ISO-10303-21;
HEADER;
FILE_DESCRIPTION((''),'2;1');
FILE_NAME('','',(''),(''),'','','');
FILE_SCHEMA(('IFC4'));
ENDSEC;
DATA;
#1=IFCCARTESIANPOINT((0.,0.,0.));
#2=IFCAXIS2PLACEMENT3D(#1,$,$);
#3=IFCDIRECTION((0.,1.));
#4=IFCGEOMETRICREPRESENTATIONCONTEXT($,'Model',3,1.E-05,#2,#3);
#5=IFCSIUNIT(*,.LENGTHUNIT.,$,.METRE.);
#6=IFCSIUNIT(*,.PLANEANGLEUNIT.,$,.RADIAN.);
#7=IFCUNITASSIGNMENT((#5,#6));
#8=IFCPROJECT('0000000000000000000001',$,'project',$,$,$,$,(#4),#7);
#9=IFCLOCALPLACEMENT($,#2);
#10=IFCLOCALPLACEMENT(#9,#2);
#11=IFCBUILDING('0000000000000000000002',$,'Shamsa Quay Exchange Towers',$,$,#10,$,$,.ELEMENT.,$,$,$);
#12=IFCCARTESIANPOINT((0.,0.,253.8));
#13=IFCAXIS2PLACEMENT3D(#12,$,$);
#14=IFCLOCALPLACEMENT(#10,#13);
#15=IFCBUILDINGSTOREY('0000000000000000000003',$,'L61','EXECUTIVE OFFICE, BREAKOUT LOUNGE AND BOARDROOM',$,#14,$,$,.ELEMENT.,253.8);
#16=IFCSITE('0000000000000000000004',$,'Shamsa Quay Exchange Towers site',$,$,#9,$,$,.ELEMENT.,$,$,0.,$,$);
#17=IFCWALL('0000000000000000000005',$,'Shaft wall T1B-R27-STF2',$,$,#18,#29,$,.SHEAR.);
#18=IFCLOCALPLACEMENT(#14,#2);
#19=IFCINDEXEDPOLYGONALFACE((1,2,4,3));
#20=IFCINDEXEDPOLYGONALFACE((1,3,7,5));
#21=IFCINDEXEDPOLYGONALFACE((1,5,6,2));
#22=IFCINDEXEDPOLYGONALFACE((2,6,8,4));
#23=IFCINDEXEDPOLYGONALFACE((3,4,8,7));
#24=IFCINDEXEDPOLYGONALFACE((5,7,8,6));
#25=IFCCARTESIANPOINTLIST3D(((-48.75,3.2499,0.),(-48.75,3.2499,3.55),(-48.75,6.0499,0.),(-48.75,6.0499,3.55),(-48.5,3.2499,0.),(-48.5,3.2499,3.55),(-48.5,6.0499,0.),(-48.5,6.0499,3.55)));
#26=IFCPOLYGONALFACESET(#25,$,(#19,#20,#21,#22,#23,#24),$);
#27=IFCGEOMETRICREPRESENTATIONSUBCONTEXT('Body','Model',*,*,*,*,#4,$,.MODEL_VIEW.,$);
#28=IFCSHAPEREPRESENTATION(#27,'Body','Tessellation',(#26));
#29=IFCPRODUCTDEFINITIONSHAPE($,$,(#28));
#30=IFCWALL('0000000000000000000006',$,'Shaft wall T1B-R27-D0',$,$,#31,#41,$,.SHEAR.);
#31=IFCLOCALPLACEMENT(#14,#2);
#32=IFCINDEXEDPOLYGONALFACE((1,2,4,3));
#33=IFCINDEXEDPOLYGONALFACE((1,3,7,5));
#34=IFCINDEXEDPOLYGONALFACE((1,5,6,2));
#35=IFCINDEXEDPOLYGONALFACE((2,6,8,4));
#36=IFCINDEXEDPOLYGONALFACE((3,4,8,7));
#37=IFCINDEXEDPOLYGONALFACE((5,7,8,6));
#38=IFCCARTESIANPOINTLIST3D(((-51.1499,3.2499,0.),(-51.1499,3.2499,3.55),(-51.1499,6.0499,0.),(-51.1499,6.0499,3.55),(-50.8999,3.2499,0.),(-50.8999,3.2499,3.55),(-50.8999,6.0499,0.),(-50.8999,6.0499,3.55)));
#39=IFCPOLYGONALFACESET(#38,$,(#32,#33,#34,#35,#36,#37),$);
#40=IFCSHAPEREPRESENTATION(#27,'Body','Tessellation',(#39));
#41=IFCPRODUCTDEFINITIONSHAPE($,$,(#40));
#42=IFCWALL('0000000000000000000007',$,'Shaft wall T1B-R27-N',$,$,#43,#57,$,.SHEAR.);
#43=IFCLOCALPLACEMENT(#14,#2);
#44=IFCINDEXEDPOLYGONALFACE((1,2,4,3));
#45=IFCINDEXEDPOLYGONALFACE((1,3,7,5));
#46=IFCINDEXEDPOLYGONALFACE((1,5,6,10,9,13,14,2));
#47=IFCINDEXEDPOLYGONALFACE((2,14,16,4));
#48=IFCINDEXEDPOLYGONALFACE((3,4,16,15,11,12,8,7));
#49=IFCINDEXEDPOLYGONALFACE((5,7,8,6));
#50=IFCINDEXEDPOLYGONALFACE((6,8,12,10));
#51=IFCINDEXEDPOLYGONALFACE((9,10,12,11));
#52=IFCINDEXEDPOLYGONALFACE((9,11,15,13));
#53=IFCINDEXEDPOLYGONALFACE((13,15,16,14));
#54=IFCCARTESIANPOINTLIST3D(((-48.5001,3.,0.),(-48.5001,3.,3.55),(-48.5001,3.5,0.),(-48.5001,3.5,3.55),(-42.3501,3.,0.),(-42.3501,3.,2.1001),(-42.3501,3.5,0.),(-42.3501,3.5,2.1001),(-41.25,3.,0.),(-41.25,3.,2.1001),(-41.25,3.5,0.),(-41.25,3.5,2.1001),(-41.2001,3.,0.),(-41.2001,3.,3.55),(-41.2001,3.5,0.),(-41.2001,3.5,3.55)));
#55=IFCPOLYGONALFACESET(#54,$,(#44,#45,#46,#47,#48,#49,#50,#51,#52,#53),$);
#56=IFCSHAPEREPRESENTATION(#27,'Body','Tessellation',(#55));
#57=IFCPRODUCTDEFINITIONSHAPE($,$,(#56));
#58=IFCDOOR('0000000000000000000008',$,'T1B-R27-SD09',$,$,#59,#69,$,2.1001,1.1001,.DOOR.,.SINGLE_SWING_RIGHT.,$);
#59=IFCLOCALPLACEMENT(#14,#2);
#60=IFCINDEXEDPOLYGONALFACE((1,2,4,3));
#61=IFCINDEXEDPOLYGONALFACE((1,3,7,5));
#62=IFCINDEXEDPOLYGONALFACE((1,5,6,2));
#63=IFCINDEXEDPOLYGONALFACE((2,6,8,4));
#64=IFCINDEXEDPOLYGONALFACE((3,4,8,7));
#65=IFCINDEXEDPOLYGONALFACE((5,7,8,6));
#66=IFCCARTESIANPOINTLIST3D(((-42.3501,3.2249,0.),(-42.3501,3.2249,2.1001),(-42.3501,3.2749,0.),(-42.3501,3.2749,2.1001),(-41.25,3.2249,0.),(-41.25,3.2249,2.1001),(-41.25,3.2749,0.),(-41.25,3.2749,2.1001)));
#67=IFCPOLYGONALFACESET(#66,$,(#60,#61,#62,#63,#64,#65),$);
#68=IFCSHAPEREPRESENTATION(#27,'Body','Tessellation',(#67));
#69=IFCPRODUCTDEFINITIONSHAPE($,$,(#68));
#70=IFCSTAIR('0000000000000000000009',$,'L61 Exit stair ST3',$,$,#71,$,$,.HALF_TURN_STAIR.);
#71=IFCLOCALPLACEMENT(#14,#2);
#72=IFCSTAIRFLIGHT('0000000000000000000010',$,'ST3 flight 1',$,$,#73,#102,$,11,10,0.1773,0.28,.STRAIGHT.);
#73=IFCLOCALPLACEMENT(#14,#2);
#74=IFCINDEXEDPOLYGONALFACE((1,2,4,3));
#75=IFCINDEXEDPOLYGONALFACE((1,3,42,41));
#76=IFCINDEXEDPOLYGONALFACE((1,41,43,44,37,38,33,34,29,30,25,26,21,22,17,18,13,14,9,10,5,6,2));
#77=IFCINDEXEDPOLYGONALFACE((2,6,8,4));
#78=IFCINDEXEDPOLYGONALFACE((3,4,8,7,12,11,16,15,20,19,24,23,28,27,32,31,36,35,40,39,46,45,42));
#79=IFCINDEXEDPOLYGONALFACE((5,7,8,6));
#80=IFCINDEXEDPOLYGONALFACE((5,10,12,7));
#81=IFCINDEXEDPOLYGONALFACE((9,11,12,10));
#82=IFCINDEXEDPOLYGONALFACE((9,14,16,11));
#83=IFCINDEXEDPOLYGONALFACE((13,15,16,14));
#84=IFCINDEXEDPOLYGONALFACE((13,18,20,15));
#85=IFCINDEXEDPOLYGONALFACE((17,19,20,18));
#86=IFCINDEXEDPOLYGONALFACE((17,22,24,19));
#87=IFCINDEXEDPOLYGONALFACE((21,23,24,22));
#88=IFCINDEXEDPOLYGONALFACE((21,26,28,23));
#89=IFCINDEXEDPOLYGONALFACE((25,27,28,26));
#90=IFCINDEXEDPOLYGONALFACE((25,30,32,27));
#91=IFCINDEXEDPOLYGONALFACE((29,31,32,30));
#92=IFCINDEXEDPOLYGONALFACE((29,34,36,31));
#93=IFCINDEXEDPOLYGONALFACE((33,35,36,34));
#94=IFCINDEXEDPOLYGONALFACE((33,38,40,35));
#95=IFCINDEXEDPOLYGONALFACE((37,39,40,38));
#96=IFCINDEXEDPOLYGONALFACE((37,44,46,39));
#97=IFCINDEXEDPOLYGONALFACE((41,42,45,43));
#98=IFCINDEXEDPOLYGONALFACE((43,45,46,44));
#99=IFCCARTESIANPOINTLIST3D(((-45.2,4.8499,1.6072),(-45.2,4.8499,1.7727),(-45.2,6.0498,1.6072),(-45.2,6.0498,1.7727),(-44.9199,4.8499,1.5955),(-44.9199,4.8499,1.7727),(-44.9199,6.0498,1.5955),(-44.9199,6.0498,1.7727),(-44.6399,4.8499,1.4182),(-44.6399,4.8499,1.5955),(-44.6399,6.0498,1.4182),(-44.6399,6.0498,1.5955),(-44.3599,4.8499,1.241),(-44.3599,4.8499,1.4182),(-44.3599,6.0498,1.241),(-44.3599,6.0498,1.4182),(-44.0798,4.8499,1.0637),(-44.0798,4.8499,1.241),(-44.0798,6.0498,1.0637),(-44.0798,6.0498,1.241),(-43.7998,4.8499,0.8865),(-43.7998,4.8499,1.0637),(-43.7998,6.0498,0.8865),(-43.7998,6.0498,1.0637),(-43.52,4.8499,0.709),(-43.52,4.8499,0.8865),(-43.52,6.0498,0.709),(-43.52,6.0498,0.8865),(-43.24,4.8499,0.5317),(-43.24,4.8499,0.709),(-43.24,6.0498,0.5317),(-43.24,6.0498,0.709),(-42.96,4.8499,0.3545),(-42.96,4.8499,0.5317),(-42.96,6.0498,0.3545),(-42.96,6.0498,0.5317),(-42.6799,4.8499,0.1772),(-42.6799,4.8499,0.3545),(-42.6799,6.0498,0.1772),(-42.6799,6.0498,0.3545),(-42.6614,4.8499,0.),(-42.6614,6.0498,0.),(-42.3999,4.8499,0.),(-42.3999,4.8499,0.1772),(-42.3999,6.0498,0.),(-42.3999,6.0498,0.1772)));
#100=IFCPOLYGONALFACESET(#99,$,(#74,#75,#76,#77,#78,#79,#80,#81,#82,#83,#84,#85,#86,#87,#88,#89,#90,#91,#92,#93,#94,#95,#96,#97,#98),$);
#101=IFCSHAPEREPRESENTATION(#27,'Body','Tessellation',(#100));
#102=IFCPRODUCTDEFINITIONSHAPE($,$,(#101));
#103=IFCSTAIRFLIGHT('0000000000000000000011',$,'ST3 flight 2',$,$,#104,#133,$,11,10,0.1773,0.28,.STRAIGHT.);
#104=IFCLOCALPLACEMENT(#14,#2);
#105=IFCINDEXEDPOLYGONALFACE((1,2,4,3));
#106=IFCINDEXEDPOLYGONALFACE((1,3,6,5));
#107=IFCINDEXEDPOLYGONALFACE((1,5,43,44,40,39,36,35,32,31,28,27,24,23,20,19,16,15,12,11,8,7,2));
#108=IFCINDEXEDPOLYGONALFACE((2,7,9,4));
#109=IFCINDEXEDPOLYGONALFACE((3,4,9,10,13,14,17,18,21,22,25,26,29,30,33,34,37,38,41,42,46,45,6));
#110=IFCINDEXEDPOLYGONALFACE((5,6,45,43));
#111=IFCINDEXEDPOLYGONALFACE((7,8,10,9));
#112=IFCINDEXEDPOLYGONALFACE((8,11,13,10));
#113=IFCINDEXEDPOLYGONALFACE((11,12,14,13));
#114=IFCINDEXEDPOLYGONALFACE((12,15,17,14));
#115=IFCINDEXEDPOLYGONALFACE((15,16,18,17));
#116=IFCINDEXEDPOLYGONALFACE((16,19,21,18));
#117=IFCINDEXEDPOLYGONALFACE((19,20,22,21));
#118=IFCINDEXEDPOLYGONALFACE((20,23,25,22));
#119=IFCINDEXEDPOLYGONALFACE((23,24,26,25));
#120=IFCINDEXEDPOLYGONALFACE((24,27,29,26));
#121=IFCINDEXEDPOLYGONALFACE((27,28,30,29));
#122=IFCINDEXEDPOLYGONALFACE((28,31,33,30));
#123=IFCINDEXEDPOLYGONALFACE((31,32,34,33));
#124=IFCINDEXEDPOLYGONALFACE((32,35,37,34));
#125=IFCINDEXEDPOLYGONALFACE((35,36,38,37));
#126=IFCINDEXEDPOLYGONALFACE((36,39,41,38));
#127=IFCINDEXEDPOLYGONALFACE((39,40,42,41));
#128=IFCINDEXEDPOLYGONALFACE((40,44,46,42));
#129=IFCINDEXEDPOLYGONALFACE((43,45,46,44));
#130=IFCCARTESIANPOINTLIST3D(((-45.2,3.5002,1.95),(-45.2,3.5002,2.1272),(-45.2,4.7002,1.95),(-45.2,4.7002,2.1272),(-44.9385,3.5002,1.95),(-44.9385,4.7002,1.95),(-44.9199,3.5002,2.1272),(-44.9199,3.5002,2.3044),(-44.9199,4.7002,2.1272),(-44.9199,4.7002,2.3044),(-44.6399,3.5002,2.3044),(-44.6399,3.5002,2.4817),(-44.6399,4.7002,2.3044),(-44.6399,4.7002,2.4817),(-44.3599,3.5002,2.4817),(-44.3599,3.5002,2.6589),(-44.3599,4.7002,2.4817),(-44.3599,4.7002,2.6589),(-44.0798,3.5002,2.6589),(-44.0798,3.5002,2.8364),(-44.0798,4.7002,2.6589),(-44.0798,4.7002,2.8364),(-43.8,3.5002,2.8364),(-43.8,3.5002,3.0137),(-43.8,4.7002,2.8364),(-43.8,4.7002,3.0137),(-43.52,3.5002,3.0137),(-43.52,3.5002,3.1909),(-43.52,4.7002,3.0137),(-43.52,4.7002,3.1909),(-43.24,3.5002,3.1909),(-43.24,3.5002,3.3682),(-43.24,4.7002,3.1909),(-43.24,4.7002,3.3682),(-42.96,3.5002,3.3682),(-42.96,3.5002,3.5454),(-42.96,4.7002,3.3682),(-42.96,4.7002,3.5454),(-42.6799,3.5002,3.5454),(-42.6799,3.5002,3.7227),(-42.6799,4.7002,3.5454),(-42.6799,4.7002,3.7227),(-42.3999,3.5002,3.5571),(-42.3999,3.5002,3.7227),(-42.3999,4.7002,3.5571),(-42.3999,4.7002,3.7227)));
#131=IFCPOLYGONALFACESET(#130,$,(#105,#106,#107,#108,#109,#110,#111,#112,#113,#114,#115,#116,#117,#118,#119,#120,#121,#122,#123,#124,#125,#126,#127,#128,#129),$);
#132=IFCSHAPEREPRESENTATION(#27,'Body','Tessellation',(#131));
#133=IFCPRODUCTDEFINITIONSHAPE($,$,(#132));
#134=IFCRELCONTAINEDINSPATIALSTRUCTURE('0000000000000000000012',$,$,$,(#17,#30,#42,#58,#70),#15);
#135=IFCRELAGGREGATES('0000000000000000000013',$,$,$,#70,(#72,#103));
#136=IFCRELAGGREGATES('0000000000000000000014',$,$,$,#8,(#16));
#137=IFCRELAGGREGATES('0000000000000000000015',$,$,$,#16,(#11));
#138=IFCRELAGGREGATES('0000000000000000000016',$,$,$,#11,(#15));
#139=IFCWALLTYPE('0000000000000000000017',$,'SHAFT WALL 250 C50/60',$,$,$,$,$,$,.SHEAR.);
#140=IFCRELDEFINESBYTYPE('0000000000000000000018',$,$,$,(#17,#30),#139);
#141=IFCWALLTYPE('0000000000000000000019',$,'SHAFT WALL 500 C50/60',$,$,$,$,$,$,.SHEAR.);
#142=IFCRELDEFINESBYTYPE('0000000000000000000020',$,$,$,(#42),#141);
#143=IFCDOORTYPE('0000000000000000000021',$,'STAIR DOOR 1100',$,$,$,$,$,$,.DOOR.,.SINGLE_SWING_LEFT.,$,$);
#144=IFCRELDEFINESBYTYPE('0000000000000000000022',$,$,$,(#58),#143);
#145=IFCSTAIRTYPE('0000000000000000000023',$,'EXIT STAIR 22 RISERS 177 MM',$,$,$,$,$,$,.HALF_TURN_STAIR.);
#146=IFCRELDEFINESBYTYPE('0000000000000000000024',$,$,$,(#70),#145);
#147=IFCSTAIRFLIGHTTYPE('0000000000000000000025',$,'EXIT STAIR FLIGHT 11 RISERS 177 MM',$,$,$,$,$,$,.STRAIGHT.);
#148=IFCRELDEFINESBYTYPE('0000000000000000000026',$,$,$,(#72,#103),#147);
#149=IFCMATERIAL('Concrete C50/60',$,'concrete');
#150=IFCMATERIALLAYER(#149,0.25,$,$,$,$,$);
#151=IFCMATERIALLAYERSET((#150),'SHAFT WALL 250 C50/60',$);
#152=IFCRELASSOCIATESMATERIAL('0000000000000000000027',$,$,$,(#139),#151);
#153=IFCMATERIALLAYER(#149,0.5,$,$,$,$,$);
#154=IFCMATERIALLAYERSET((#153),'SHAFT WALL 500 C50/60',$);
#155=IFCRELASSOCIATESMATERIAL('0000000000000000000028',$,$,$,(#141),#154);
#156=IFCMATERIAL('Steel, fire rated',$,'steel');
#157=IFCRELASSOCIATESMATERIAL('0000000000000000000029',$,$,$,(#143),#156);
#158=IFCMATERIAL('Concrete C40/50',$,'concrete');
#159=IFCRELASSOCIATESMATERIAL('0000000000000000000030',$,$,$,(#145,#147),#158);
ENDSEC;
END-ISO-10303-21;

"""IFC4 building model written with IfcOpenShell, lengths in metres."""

from ifc_helpers import new_model, si_unit, direction, frame, frame_2d, origin, place, context, subcontext, project, spatial, polyline, rectangle, outline, extrude, material, layer, layer_set, type_object, element, fill, aggregate, save


model = new_model("IFC4")

# Units and contexts
model_context = context("Model", 3, precision=1e-05, world=origin(), true_north=direction((0.0, 1.0)))
body_context = subcontext(model_context, "Body", "Model", "MODEL_VIEW")
ifc_project = project(units=[si_unit("LENGTHUNIT", "METRE"), si_unit("PLANEANGLEUNIT", "RADIAN")], contexts=[model_context])

# Site, building, storey
site_placement = place(None, origin())
site = spatial("IfcSite", under=ifc_project, at=site_placement, Name="Shamsa Quay Exchange Towers site", CompositionType="ELEMENT", RefElevation=0.0)
building_placement = place(site_placement, origin())
building = spatial("IfcBuilding", under=site, at=building_placement, Name="Shamsa Quay Exchange Towers", CompositionType="ELEMENT")
storey_placement = place(building_placement, frame((0.0, 0.0, 253.8)))
storey = spatial("IfcBuildingStorey", under=building, at=storey_placement, Name="L61", Description="EXECUTIVE OFFICE, BREAKOUT LOUNGE AND BOARDROOM", CompositionType="ELEMENT", Elevation=253.8)

# Shared definitions
ifc_material_1 = material(Name="Concrete C50/60", Category="concrete")
ifc_layer_1 = layer(ifc_material_1, 0.25)
ifc_layer_set_1 = layer_set([ifc_layer_1], Name="SHAFT WALL 250 C50/60")
wall_type_1 = type_object("IfcWallType", Name="SHAFT WALL 250 C50/60", PredefinedType="SHEAR", material=ifc_layer_set_1)
ifc_material_2 = material(Name="Steel, fire rated", Category="steel")

# Walls
for number, where, z_axis, x_axis, name in (
    (1, (-48.625, 3.25, 0.0), (0.0, 0.0, 1.0), (0.0, 1.0, 0.0), "Shaft wall T1B-R27-STF2"),
    (2, (-51.0249, 3.25, 0.0), (0.0, 0.0, 1.0), (0.0, 1.0, 0.0), "Shaft wall T1B-R27-D0"),
):
    element("IfcWall", number, at=place(storey_placement, frame(where, z_axis=z_axis, x_axis=x_axis)), inside=storey, type_object=wall_type_1, Name=name, PredefinedType="SHEAR", context=body_context, shape_type="SweptSolid", body=[
        extrude(rectangle(XDim=2.8, YDim=0.25, at=frame_2d((1.3999, 0.0))), origin(), (0.0, 0.0, 1.0), 3.55),
    ])

# Wall, opening, door
ifc_layer_2 = layer(ifc_material_1, 0.5)
ifc_layer_set_2 = layer_set([ifc_layer_2], Name="SHAFT WALL 500 C50/60")
wall_type_2 = type_object("IfcWallType", Name="SHAFT WALL 500 C50/60", PredefinedType="SHEAR", material=ifc_layer_set_2)
wall_1_placement = place(storey_placement, frame((-48.5, 3.25, 0.0)))
wall_1 = element("IfcWall", 3, at=wall_1_placement, inside=storey, type_object=wall_type_2, Name="Shaft wall T1B-R27-N", PredefinedType="SHEAR", context=body_context, shape_type="SweptSolid", body=[
    extrude(rectangle(XDim=7.3, YDim=0.5, at=frame_2d((3.6499, 0.0))), origin(), (0.0, 0.0, 1.0), 3.55),
])
opening_1_placement = place(wall_1_placement, frame((6.1499, 0.0, 0.0)))
opening_1 = element("IfcOpeningElement", 4, at=opening_1_placement, cuts=wall_1, PredefinedType="OPENING", context=body_context, shape_type="SweptSolid", body=[
    extrude(rectangle(XDim=1.1001, YDim=2.1001, at=frame_2d((0.55, 1.05))), frame((0.0, 0.26, 0.0), z_axis=(0.0, -1.0, 0.0), x_axis=(1.0, 0.0, 0.0)), (0.0, 0.0, 1.0), 0.52),
])
door_type_1 = type_object("IfcDoorType", Name="STAIR DOOR 1100", OperationType="SINGLE_SWING_LEFT", PredefinedType="DOOR", material=ifc_material_2)
door_1_placement = place(opening_1_placement, origin())
door_1 = element("IfcDoor", 5, at=door_1_placement, inside=storey, type_object=door_type_1, Name="T1B-R27-SD09", OperationType="SINGLE_SWING_RIGHT", OverallHeight=2.1001, OverallWidth=1.1001, PredefinedType="DOOR", context=body_context, shape_type="SweptSolid", body=[
    extrude(rectangle(XDim=1.1001, YDim=2.1001, at=frame_2d((0.55, 1.05))), frame((0.0, 0.0249, 0.0), z_axis=(0.0, -1.0, 0.0), x_axis=(1.0, 0.0, 0.0)), (0.0, 0.0, 1.0), 0.05),
])
fill(opening_1, door_1)

# Stair, stair flights
ifc_material_3 = material(Name="Concrete C40/50", Category="concrete")
stair_type = type_object("IfcStairType", Name="EXIT STAIR 22 RISERS 177 MM", PredefinedType="HALF_TURN_STAIR", material=ifc_material_3)
stair_placement = place(storey_placement, origin())
stair = element("IfcStair", 6, at=stair_placement, inside=storey, type_object=stair_type, Name="L61 Exit stair ST3", PredefinedType="HALF_TURN_STAIR")
stair_flight_type = type_object("IfcStairFlightType", Name="EXIT STAIR FLIGHT 11 RISERS 177 MM", PredefinedType="STRAIGHT", material=ifc_material_3)
stair_flight_1_placement = place(storey_placement, frame((-42.3999, 5.45, 0.0), z_axis=(0.0, 0.0, 1.0), x_axis=(-1.0, 0.0, 0.0)))
stair_flight_1 = element("IfcStairFlight", 7, at=stair_flight_1_placement, type_object=stair_flight_type, Name="ST3 flight 1", NumberOfRisers=11, NumberOfTreads=10, PredefinedType="STRAIGHT", RiserHeight=0.1773, TreadLength=0.28, context=body_context, shape_type="SweptSolid", body=[
    extrude(outline(polyline([(0.0, 0.0), (0.0, 0.1772), (0.28, 0.1772), (0.28, 0.3545), (0.5601, 0.3545), (0.5601, 0.5317), (0.8401, 0.5317), (0.8401, 0.709), (1.1201, 0.709), (1.1201, 0.8865), (1.3999, 0.8865), (1.3999, 1.0637), (1.6799, 1.0637), (1.6799, 1.241), (1.96, 1.241), (1.96, 1.4182), (2.24, 1.4182), (2.24, 1.5955), (2.52, 1.5955), (2.52, 1.7727), (2.8, 1.7727), (2.8, 1.95), (2.8, 1.6072), (0.2615, 0.0), (0.0, 0.0)])), frame((0.0, 0.6001, 0.0), z_axis=(0.0, -1.0, 0.0), x_axis=(1.0, 0.0, 0.0)), (0.0, 0.0, 1.0), 1.2),
])
stair_flight_2_placement = place(storey_placement, frame((-45.2, 4.1001, 1.95)))
stair_flight_2 = element("IfcStairFlight", 8, at=stair_flight_2_placement, type_object=stair_flight_type, Name="ST3 flight 2", NumberOfRisers=11, NumberOfTreads=10, PredefinedType="STRAIGHT", RiserHeight=0.1773, TreadLength=0.28, context=body_context, shape_type="SweptSolid", body=[
    extrude(outline(polyline([(0.0, 0.0), (0.0, 0.1772), (0.28, 0.1772), (0.28, 0.3545), (0.5601, 0.3545), (0.5601, 0.5317), (0.8401, 0.5317), (0.8401, 0.709), (1.1201, 0.709), (1.1201, 0.8865), (1.3999, 0.8865), (1.3999, 1.0637), (1.6799, 1.0637), (1.6799, 1.241), (1.96, 1.241), (1.96, 1.4182), (2.24, 1.4182), (2.24, 1.5955), (2.52, 1.5955), (2.52, 1.7727), (2.8, 1.7727), (2.8, 1.95), (2.8, 1.6072), (0.2615, 0.0), (0.0, 0.0)])), frame((0.0, 0.6001, 0.0), z_axis=(0.0, -1.0, 0.0), x_axis=(1.0, 0.0, 0.0)), (0.0, 0.0, 1.0), 1.2),
])
aggregate(stair, [stair_flight_1, stair_flight_2])

save(model, "model.ifc")
